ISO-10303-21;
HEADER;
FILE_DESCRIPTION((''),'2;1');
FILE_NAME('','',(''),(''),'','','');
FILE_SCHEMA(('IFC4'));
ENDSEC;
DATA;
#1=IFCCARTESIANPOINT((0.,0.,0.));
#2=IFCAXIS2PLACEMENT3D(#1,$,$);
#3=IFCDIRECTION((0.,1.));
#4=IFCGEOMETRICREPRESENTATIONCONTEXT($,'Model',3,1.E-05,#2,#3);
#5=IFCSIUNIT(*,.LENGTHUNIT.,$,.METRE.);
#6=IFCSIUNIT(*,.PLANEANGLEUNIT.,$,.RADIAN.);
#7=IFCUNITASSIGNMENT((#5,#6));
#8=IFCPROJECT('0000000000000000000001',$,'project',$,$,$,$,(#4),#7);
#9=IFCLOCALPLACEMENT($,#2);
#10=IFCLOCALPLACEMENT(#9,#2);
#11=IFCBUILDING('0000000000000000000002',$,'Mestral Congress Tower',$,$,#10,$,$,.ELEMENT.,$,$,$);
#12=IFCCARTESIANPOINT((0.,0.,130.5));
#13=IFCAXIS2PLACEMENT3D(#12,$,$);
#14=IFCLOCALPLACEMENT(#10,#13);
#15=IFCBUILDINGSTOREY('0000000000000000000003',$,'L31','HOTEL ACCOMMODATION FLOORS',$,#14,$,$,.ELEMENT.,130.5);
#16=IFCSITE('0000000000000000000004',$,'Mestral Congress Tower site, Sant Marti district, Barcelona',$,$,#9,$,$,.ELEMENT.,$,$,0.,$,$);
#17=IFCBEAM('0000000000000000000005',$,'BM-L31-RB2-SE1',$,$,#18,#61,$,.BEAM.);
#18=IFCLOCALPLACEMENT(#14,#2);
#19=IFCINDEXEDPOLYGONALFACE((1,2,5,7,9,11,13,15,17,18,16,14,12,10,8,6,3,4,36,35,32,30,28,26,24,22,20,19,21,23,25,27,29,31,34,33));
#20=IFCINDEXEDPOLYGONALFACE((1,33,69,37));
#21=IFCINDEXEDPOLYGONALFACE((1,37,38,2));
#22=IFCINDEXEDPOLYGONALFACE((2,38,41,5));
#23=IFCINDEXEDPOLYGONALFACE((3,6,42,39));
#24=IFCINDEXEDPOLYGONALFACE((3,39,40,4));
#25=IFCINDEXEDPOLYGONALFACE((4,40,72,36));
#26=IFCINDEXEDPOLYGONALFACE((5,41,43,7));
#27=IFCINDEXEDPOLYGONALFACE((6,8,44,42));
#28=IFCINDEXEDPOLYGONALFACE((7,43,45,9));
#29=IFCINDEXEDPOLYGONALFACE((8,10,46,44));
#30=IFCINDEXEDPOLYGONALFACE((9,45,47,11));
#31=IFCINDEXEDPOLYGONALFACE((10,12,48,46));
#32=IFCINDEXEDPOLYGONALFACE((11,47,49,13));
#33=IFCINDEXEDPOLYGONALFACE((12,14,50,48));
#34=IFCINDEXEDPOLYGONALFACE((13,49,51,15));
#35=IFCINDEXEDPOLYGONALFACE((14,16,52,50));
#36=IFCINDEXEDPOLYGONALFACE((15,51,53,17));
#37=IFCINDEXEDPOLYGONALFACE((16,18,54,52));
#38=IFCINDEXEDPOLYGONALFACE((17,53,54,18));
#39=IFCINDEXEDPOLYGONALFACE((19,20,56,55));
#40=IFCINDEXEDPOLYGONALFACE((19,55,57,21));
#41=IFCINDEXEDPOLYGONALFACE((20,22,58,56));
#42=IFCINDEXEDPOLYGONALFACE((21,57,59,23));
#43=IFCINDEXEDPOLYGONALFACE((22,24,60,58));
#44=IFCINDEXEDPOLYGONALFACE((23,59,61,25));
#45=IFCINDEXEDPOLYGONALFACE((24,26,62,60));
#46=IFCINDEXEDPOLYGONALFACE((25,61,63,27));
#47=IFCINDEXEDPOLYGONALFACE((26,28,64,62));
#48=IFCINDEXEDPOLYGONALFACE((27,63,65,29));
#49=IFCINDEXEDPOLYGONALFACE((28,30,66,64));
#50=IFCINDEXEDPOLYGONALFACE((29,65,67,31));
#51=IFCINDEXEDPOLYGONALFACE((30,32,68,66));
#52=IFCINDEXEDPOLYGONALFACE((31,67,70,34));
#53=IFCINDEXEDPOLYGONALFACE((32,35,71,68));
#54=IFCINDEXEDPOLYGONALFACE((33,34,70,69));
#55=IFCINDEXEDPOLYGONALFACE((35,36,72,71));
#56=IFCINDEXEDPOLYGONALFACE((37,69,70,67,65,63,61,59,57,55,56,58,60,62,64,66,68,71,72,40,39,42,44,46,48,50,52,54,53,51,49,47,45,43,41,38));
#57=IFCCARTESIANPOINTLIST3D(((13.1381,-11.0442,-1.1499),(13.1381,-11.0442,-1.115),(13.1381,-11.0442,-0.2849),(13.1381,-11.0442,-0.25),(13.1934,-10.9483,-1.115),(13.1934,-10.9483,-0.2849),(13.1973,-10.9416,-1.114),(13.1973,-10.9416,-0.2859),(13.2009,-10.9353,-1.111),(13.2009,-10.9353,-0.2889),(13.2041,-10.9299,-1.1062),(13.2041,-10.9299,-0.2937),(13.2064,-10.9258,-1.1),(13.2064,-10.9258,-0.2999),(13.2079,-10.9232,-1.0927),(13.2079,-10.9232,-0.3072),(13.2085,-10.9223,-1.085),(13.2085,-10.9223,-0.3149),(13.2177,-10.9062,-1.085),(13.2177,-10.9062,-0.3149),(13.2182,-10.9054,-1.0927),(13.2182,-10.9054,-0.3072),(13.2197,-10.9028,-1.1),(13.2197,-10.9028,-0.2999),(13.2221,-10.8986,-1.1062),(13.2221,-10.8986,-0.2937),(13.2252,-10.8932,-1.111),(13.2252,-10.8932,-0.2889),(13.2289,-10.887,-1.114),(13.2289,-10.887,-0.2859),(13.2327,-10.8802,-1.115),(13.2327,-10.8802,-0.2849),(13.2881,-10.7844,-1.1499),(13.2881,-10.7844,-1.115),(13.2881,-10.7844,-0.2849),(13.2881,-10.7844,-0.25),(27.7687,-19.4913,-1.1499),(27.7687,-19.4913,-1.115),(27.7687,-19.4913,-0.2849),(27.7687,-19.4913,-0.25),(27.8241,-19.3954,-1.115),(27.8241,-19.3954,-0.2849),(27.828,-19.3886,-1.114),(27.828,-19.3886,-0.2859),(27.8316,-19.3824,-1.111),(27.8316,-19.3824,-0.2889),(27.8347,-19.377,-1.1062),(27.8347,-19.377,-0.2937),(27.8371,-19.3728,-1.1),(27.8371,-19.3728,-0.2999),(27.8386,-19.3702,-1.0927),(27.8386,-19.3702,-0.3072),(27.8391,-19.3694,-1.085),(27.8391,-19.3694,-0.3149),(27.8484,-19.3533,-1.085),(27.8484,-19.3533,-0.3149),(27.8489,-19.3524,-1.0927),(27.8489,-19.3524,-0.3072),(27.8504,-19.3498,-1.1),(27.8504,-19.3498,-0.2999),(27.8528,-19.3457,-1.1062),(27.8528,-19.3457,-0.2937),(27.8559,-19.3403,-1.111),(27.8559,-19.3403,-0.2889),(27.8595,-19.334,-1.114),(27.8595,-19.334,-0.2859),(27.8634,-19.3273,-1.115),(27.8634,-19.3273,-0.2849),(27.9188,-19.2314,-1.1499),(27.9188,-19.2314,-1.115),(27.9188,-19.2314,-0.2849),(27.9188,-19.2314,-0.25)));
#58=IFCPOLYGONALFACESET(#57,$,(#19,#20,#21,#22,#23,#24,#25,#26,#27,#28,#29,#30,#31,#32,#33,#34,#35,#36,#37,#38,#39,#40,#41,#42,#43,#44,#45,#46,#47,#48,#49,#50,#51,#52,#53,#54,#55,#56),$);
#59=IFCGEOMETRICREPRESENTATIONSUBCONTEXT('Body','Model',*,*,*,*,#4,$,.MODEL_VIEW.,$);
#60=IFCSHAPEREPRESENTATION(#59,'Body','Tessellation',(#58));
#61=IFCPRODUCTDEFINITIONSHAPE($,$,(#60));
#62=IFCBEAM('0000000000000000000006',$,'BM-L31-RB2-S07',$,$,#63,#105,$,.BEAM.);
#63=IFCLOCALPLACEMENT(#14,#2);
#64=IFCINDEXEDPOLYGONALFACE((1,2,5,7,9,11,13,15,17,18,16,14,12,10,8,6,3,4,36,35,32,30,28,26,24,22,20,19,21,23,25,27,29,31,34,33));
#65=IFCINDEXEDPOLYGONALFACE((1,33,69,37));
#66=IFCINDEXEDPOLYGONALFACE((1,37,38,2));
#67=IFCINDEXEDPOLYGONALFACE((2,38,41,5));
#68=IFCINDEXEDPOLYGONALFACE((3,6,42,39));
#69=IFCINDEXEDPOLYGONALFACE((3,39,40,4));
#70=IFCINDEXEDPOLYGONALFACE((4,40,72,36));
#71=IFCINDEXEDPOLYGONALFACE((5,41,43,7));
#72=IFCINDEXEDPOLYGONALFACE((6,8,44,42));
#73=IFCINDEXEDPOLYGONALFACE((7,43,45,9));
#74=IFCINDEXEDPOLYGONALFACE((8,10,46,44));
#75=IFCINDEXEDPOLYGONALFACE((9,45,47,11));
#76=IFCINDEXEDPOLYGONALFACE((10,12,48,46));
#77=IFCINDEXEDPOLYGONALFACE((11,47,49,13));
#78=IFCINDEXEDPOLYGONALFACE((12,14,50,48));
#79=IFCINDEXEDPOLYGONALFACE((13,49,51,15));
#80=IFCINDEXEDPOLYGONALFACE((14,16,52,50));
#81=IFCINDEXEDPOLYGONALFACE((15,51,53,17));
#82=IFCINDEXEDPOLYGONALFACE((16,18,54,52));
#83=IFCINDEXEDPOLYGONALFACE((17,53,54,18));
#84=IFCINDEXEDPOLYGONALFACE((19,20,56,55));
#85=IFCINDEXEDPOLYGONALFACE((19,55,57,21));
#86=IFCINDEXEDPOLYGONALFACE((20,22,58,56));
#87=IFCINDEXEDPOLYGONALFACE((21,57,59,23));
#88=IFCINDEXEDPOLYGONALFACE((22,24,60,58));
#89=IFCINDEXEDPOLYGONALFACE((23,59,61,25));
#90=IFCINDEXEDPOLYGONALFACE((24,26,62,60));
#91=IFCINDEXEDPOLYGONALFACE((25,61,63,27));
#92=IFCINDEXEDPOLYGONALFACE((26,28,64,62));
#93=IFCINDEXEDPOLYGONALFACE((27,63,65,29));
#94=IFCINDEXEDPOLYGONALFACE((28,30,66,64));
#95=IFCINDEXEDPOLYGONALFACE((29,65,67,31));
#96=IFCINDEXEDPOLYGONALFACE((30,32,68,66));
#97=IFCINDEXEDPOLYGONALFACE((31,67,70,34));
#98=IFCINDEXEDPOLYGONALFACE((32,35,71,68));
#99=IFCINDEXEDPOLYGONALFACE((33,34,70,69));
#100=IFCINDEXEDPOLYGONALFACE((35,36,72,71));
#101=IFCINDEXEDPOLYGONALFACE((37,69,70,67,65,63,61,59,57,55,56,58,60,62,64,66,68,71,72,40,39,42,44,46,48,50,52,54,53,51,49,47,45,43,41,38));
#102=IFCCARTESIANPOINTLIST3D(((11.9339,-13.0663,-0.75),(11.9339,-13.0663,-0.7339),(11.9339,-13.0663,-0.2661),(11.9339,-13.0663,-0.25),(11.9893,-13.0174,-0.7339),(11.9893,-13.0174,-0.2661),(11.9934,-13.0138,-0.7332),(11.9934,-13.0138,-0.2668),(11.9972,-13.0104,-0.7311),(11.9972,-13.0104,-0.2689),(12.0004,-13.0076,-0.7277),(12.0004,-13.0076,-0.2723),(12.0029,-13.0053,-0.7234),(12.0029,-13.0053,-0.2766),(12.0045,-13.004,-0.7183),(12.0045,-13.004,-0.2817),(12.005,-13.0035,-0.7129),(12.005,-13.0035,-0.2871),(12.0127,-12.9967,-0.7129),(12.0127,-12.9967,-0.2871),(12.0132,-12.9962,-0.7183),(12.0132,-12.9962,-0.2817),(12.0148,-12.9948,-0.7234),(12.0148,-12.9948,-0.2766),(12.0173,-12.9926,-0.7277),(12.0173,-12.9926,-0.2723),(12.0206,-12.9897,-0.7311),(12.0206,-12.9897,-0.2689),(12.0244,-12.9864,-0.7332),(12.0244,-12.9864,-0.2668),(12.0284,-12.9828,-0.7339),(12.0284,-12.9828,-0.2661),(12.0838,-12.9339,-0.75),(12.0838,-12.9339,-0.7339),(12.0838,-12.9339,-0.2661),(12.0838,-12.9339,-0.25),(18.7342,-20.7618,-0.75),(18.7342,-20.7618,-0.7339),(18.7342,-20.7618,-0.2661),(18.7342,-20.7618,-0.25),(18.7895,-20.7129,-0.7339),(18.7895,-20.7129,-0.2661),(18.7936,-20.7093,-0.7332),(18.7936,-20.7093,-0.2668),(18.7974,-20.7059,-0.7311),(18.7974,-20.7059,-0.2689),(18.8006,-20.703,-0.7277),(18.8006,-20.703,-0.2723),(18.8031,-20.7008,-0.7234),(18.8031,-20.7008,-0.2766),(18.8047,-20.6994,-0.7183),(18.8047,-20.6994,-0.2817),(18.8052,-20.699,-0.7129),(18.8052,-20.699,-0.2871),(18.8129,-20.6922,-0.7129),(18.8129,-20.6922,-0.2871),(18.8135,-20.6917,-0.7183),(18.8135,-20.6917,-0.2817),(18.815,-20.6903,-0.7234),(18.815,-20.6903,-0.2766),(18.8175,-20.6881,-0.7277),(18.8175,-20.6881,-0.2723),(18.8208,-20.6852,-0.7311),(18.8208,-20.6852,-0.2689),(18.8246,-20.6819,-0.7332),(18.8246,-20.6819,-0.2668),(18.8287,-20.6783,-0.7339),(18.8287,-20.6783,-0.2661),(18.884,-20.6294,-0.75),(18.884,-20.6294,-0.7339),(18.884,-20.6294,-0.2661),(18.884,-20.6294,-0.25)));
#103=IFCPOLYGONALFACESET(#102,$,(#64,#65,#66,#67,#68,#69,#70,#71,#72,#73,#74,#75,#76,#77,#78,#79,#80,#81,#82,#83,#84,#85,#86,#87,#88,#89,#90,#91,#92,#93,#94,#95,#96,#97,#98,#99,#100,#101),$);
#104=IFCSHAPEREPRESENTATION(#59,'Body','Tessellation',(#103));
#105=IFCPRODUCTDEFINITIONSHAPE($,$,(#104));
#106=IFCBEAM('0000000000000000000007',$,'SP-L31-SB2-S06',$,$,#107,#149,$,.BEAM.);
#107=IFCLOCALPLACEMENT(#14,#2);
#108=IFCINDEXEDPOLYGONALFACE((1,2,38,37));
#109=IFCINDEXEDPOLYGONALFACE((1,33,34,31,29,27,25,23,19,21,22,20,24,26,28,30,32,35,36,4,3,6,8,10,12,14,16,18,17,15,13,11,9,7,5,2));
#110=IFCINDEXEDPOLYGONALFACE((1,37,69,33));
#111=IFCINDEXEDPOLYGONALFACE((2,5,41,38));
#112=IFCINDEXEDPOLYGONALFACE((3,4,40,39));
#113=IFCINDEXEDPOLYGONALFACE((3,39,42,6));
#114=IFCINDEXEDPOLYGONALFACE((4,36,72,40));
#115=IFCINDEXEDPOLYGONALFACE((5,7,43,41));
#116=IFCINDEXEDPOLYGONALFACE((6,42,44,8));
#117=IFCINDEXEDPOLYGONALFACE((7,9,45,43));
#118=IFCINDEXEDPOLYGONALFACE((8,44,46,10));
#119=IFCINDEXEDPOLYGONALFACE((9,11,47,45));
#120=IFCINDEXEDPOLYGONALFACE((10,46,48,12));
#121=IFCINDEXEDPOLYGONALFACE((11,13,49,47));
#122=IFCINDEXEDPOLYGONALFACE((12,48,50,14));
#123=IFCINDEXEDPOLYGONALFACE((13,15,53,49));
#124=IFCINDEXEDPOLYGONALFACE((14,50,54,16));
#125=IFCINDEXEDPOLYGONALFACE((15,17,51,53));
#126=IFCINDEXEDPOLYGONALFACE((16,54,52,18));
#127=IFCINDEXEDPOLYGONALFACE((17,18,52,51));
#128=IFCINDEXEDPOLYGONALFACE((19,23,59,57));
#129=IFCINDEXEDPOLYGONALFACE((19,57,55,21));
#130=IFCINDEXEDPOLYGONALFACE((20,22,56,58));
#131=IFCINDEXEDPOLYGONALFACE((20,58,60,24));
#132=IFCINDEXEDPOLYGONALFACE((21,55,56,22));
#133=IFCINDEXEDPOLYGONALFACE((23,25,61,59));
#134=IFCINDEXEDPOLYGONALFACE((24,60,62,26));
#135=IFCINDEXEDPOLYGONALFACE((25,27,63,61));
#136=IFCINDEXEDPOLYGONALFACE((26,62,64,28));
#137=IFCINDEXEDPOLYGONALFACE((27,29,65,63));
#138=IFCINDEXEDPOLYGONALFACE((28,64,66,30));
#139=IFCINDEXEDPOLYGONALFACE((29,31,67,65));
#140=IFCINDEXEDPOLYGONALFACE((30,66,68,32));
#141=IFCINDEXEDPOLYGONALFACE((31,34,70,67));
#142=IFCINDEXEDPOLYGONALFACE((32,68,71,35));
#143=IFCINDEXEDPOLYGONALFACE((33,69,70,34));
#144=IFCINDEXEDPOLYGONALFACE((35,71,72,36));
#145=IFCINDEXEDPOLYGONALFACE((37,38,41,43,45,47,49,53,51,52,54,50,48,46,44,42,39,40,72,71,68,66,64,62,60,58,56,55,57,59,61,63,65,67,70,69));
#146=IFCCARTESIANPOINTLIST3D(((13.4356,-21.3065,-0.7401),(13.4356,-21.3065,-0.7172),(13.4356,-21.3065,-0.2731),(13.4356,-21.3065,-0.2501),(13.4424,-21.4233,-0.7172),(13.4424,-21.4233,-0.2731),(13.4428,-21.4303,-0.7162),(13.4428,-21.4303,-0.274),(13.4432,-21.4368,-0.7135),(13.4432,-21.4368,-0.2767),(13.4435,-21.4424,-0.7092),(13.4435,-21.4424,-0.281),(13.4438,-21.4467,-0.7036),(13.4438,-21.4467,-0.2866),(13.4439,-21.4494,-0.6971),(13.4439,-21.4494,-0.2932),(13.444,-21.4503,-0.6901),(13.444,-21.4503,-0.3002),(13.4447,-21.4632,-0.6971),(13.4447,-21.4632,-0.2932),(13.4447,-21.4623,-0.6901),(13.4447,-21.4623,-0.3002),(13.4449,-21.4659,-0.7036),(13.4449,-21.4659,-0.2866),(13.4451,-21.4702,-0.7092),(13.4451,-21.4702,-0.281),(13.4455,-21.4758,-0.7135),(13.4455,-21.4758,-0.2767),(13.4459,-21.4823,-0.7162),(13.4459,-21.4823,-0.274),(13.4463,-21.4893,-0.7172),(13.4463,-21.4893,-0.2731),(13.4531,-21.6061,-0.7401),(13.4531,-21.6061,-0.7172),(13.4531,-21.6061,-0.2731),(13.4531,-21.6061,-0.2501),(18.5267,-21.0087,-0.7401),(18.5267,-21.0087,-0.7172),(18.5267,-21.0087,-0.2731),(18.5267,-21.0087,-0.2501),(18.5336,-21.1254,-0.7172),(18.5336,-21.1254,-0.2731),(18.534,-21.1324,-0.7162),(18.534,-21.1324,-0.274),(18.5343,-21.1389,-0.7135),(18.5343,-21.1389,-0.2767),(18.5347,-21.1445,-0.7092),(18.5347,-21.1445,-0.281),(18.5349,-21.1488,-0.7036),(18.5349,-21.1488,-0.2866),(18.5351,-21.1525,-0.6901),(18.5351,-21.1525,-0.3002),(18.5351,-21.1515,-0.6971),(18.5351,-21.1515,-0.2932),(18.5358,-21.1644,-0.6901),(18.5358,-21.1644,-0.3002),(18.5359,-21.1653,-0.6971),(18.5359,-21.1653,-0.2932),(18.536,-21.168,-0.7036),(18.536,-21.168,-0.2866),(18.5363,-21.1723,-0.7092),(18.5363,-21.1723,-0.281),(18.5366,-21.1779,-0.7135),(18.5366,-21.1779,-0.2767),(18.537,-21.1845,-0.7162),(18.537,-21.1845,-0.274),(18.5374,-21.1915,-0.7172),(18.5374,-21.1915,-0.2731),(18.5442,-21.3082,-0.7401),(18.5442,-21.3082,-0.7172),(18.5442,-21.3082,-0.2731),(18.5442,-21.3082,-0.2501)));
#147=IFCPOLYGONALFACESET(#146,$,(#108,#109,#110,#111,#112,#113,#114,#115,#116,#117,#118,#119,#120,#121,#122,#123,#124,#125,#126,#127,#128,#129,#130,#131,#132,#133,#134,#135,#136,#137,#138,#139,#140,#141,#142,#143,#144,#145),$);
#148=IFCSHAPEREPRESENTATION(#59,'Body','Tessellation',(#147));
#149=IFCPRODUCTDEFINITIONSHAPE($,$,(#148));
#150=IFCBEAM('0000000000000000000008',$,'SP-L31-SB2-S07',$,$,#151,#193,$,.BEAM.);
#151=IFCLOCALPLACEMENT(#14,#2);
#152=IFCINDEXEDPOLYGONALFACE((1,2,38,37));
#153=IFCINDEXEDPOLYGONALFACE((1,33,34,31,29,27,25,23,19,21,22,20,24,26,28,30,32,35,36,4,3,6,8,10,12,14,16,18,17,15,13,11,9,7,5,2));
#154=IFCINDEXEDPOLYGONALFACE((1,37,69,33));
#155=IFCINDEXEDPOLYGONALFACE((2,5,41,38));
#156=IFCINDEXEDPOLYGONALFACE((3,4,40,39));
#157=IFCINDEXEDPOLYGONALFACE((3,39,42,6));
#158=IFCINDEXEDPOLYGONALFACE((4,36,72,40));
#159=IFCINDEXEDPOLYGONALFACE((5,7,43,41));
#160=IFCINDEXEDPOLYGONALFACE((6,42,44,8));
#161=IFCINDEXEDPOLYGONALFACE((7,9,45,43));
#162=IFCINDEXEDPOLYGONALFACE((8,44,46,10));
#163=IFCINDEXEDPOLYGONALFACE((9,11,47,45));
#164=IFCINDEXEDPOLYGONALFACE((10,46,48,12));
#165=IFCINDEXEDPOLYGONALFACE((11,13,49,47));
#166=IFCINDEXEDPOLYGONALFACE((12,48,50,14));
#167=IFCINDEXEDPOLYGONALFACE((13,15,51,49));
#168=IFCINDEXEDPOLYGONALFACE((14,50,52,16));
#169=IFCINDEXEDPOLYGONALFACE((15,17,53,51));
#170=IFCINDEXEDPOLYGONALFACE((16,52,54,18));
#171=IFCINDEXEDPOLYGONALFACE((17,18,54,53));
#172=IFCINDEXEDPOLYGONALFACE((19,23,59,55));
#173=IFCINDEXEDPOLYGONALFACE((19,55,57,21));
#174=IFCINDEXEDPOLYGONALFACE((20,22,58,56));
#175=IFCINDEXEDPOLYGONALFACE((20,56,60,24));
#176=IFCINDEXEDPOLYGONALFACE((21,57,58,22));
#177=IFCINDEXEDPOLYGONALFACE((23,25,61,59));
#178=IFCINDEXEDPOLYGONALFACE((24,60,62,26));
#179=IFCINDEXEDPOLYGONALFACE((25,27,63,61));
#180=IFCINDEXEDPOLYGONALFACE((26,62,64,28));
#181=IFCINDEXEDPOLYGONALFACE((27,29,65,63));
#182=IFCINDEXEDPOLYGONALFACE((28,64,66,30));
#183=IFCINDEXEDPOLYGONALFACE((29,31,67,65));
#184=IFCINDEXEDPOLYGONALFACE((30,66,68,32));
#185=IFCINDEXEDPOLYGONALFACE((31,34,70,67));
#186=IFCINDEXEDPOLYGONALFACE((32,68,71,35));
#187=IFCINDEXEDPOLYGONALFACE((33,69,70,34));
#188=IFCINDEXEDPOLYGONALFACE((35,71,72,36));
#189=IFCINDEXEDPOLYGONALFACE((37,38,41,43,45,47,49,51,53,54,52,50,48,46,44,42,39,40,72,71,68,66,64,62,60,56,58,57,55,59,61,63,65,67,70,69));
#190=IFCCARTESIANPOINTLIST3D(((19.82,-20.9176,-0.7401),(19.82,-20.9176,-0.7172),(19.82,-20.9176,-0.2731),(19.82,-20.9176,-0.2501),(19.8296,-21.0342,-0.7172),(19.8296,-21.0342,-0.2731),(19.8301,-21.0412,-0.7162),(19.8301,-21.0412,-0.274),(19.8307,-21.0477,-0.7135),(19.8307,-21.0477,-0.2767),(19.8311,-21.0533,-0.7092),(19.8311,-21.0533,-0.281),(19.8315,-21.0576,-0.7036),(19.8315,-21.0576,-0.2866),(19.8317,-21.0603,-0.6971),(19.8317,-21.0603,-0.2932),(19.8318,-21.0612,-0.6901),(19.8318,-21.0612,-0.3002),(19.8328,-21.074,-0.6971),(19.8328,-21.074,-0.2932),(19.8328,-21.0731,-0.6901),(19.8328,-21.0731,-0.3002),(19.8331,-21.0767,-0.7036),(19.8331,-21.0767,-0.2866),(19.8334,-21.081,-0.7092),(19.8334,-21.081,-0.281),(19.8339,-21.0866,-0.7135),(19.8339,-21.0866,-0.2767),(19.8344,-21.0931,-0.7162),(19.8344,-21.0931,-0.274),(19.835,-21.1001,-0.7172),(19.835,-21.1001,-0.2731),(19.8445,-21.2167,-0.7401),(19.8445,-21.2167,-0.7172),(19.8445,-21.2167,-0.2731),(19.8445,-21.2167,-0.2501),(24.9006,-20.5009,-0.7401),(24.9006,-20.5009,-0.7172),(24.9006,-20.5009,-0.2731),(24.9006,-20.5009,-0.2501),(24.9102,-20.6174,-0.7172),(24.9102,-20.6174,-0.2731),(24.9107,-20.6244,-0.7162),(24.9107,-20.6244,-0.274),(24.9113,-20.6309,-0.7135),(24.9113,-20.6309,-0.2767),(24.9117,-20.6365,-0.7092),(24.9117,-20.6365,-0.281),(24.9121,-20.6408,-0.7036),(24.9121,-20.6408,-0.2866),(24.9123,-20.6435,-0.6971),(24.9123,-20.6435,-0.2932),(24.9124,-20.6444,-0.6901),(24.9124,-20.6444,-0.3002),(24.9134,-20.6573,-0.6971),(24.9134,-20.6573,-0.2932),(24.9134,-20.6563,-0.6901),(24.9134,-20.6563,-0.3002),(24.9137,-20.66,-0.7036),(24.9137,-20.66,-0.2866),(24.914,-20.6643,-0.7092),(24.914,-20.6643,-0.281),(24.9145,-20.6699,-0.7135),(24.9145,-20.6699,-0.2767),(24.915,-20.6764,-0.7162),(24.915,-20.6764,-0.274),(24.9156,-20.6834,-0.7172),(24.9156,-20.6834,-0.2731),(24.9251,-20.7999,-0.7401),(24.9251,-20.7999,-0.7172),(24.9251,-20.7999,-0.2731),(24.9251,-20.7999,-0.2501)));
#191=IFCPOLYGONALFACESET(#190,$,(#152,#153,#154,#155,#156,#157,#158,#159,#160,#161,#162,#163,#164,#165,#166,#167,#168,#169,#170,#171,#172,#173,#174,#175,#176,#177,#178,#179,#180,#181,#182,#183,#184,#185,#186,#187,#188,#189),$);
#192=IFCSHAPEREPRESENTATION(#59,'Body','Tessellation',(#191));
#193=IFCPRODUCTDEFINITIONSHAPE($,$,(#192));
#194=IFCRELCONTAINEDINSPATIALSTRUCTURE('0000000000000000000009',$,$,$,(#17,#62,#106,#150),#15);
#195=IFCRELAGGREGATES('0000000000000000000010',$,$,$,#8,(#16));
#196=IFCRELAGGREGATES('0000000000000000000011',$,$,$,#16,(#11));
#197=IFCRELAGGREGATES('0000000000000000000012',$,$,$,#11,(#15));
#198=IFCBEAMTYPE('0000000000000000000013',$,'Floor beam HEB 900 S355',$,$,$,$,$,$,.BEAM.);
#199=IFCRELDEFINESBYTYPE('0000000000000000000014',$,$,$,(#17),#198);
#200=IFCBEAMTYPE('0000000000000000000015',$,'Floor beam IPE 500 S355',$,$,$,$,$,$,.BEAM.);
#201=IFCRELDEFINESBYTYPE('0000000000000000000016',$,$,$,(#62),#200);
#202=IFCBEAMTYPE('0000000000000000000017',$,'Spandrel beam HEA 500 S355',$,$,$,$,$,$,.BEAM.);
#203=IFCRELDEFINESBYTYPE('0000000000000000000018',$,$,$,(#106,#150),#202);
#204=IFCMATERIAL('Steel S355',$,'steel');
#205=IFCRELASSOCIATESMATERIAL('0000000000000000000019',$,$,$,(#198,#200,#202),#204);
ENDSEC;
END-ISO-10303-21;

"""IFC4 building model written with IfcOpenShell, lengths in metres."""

from ifc_helpers import new_model, si_unit, direction, frame, origin, origin_2d, place, context, subcontext, project, spatial, i_section, extrude, material, material_profile, profile_set, type_object, element, save


model = new_model("IFC4")

# Units and contexts
model_context = context("Model", 3, precision=1e-05, world=origin(), true_north=direction((0.0, 1.0)))
body_context = subcontext(model_context, "Body", "Model", "MODEL_VIEW")
ifc_project = project(units=[si_unit("LENGTHUNIT", "METRE"), si_unit("PLANEANGLEUNIT", "RADIAN")], contexts=[model_context])

# Site, building, storey
site_placement = place(None, origin())
site = spatial("IfcSite", under=ifc_project, at=site_placement, Name="Mestral Congress Tower site, Sant Marti district, Barcelona", CompositionType="ELEMENT", RefElevation=0.0)
building_placement = place(site_placement, origin())
building = spatial("IfcBuilding", under=site, at=building_placement, Name="Mestral Congress Tower", CompositionType="ELEMENT")
storey_placement = place(building_placement, frame((0.0, 0.0, 130.5)))
storey = spatial("IfcBuildingStorey", under=building, at=storey_placement, Name="L31", Description="HOTEL ACCOMMODATION FLOORS", CompositionType="ELEMENT", Elevation=130.5)

# Beams
ifc_material_1 = material(Name="Steel S355", Category="steel")
ifc_material_profile_1 = material_profile(ifc_material_1, i_section(OverallWidth=0.3, OverallDepth=0.8999, WebThickness=0.0186, FlangeThickness=0.0349, FilletRadius=0.03, at=origin_2d()), Name="HEB 900")
ifc_profile_set_1 = profile_set([ifc_material_profile_1], Name="Steel S355")
beam_type_1 = type_object("IfcBeamType", Name="Floor beam HEB 900 S355", PredefinedType="BEAM", material=ifc_profile_set_1)
beam_1_placement = place(storey_placement, frame((27.8438, -19.3613, -0.7), z_axis=(-0.866025, 0.500001, 0.0), x_axis=(-0.500001, -0.866025, 0.0)))
element("IfcBeam", 1, at=beam_1_placement, inside=storey, type_object=beam_type_1, Name="BM-L31-RB2-SE1", PredefinedType="BEAM", context=body_context, shape_type="SweptSolid", body=[
    extrude(i_section(OverallWidth=0.3, OverallDepth=0.8999, WebThickness=0.0186, FlangeThickness=0.0349, FilletRadius=0.03, at=origin_2d()), origin(), (0.0, 0.0, 1.0), 16.894),
])
ifc_material_profile_2 = material_profile(ifc_material_1, i_section(OverallWidth=0.2, OverallDepth=0.5, WebThickness=0.0103, FlangeThickness=0.0161, FilletRadius=0.021, at=origin_2d()), Name="IPE 500")
ifc_profile_set_2 = profile_set([ifc_material_profile_2], Name="Steel S355")
beam_type_2 = type_object("IfcBeamType", Name="Floor beam IPE 500 S355", PredefinedType="BEAM", material=ifc_profile_set_2)
beam_2_placement = place(storey_placement, frame((18.8091, -20.6956, -0.5), z_axis=(-0.662174, 0.74935, 0.0), x_axis=(-0.74935, -0.662174, 0.0)))
element("IfcBeam", 2, at=beam_2_placement, inside=storey, type_object=beam_type_2, Name="BM-L31-RB2-S07", PredefinedType="BEAM", context=body_context, shape_type="SweptSolid", body=[
    extrude(i_section(OverallWidth=0.2, OverallDepth=0.5, WebThickness=0.0103, FlangeThickness=0.0161, FilletRadius=0.021, at=origin_2d()), origin(), (0.0, 0.0, 1.0), 10.2695),
])
ifc_material_profile_3 = material_profile(ifc_material_1, i_section(OverallWidth=0.3, OverallDepth=0.49, WebThickness=0.012, FlangeThickness=0.0229, FilletRadius=0.0271, at=origin_2d()), Name="HEA 500")
ifc_profile_set_3 = profile_set([ifc_material_profile_3], Name="Steel S355")
beam_type_3 = type_object("IfcBeamType", Name="Spandrel beam HEA 500 S355", PredefinedType="BEAM", material=ifc_profile_set_3)
beam_3_placement = place(storey_placement, frame((13.4443, -21.4563, -0.4951), z_axis=(0.998293, 0.058405, 0.0), x_axis=(-0.058405, 0.998293, 0.0)))
element("IfcBeam", 3, at=beam_3_placement, inside=storey, type_object=beam_type_3, Name="SP-L31-SB2-S06", PredefinedType="BEAM", context=body_context, shape_type="SweptSolid", body=[
    extrude(i_section(OverallWidth=0.3, OverallDepth=0.49, WebThickness=0.012, FlangeThickness=0.0229, FilletRadius=0.0271, at=origin_2d()), origin(), (0.0, 0.0, 1.0), 5.0999),
])
beam_4_placement = place(storey_placement, frame((19.8323, -21.0671, -0.4951), z_axis=(0.996653, 0.081753, 0.0), x_axis=(-0.081753, 0.996653, 0.0)))
element("IfcBeam", 4, at=beam_4_placement, inside=storey, type_object=beam_type_3, Name="SP-L31-SB2-S07", PredefinedType="BEAM", context=body_context, shape_type="SweptSolid", body=[
    extrude(i_section(OverallWidth=0.3, OverallDepth=0.49, WebThickness=0.012, FlangeThickness=0.0229, FilletRadius=0.0271, at=origin_2d()), origin(), (0.0, 0.0, 1.0), 5.0977),
])

save(model, "model.ifc")
